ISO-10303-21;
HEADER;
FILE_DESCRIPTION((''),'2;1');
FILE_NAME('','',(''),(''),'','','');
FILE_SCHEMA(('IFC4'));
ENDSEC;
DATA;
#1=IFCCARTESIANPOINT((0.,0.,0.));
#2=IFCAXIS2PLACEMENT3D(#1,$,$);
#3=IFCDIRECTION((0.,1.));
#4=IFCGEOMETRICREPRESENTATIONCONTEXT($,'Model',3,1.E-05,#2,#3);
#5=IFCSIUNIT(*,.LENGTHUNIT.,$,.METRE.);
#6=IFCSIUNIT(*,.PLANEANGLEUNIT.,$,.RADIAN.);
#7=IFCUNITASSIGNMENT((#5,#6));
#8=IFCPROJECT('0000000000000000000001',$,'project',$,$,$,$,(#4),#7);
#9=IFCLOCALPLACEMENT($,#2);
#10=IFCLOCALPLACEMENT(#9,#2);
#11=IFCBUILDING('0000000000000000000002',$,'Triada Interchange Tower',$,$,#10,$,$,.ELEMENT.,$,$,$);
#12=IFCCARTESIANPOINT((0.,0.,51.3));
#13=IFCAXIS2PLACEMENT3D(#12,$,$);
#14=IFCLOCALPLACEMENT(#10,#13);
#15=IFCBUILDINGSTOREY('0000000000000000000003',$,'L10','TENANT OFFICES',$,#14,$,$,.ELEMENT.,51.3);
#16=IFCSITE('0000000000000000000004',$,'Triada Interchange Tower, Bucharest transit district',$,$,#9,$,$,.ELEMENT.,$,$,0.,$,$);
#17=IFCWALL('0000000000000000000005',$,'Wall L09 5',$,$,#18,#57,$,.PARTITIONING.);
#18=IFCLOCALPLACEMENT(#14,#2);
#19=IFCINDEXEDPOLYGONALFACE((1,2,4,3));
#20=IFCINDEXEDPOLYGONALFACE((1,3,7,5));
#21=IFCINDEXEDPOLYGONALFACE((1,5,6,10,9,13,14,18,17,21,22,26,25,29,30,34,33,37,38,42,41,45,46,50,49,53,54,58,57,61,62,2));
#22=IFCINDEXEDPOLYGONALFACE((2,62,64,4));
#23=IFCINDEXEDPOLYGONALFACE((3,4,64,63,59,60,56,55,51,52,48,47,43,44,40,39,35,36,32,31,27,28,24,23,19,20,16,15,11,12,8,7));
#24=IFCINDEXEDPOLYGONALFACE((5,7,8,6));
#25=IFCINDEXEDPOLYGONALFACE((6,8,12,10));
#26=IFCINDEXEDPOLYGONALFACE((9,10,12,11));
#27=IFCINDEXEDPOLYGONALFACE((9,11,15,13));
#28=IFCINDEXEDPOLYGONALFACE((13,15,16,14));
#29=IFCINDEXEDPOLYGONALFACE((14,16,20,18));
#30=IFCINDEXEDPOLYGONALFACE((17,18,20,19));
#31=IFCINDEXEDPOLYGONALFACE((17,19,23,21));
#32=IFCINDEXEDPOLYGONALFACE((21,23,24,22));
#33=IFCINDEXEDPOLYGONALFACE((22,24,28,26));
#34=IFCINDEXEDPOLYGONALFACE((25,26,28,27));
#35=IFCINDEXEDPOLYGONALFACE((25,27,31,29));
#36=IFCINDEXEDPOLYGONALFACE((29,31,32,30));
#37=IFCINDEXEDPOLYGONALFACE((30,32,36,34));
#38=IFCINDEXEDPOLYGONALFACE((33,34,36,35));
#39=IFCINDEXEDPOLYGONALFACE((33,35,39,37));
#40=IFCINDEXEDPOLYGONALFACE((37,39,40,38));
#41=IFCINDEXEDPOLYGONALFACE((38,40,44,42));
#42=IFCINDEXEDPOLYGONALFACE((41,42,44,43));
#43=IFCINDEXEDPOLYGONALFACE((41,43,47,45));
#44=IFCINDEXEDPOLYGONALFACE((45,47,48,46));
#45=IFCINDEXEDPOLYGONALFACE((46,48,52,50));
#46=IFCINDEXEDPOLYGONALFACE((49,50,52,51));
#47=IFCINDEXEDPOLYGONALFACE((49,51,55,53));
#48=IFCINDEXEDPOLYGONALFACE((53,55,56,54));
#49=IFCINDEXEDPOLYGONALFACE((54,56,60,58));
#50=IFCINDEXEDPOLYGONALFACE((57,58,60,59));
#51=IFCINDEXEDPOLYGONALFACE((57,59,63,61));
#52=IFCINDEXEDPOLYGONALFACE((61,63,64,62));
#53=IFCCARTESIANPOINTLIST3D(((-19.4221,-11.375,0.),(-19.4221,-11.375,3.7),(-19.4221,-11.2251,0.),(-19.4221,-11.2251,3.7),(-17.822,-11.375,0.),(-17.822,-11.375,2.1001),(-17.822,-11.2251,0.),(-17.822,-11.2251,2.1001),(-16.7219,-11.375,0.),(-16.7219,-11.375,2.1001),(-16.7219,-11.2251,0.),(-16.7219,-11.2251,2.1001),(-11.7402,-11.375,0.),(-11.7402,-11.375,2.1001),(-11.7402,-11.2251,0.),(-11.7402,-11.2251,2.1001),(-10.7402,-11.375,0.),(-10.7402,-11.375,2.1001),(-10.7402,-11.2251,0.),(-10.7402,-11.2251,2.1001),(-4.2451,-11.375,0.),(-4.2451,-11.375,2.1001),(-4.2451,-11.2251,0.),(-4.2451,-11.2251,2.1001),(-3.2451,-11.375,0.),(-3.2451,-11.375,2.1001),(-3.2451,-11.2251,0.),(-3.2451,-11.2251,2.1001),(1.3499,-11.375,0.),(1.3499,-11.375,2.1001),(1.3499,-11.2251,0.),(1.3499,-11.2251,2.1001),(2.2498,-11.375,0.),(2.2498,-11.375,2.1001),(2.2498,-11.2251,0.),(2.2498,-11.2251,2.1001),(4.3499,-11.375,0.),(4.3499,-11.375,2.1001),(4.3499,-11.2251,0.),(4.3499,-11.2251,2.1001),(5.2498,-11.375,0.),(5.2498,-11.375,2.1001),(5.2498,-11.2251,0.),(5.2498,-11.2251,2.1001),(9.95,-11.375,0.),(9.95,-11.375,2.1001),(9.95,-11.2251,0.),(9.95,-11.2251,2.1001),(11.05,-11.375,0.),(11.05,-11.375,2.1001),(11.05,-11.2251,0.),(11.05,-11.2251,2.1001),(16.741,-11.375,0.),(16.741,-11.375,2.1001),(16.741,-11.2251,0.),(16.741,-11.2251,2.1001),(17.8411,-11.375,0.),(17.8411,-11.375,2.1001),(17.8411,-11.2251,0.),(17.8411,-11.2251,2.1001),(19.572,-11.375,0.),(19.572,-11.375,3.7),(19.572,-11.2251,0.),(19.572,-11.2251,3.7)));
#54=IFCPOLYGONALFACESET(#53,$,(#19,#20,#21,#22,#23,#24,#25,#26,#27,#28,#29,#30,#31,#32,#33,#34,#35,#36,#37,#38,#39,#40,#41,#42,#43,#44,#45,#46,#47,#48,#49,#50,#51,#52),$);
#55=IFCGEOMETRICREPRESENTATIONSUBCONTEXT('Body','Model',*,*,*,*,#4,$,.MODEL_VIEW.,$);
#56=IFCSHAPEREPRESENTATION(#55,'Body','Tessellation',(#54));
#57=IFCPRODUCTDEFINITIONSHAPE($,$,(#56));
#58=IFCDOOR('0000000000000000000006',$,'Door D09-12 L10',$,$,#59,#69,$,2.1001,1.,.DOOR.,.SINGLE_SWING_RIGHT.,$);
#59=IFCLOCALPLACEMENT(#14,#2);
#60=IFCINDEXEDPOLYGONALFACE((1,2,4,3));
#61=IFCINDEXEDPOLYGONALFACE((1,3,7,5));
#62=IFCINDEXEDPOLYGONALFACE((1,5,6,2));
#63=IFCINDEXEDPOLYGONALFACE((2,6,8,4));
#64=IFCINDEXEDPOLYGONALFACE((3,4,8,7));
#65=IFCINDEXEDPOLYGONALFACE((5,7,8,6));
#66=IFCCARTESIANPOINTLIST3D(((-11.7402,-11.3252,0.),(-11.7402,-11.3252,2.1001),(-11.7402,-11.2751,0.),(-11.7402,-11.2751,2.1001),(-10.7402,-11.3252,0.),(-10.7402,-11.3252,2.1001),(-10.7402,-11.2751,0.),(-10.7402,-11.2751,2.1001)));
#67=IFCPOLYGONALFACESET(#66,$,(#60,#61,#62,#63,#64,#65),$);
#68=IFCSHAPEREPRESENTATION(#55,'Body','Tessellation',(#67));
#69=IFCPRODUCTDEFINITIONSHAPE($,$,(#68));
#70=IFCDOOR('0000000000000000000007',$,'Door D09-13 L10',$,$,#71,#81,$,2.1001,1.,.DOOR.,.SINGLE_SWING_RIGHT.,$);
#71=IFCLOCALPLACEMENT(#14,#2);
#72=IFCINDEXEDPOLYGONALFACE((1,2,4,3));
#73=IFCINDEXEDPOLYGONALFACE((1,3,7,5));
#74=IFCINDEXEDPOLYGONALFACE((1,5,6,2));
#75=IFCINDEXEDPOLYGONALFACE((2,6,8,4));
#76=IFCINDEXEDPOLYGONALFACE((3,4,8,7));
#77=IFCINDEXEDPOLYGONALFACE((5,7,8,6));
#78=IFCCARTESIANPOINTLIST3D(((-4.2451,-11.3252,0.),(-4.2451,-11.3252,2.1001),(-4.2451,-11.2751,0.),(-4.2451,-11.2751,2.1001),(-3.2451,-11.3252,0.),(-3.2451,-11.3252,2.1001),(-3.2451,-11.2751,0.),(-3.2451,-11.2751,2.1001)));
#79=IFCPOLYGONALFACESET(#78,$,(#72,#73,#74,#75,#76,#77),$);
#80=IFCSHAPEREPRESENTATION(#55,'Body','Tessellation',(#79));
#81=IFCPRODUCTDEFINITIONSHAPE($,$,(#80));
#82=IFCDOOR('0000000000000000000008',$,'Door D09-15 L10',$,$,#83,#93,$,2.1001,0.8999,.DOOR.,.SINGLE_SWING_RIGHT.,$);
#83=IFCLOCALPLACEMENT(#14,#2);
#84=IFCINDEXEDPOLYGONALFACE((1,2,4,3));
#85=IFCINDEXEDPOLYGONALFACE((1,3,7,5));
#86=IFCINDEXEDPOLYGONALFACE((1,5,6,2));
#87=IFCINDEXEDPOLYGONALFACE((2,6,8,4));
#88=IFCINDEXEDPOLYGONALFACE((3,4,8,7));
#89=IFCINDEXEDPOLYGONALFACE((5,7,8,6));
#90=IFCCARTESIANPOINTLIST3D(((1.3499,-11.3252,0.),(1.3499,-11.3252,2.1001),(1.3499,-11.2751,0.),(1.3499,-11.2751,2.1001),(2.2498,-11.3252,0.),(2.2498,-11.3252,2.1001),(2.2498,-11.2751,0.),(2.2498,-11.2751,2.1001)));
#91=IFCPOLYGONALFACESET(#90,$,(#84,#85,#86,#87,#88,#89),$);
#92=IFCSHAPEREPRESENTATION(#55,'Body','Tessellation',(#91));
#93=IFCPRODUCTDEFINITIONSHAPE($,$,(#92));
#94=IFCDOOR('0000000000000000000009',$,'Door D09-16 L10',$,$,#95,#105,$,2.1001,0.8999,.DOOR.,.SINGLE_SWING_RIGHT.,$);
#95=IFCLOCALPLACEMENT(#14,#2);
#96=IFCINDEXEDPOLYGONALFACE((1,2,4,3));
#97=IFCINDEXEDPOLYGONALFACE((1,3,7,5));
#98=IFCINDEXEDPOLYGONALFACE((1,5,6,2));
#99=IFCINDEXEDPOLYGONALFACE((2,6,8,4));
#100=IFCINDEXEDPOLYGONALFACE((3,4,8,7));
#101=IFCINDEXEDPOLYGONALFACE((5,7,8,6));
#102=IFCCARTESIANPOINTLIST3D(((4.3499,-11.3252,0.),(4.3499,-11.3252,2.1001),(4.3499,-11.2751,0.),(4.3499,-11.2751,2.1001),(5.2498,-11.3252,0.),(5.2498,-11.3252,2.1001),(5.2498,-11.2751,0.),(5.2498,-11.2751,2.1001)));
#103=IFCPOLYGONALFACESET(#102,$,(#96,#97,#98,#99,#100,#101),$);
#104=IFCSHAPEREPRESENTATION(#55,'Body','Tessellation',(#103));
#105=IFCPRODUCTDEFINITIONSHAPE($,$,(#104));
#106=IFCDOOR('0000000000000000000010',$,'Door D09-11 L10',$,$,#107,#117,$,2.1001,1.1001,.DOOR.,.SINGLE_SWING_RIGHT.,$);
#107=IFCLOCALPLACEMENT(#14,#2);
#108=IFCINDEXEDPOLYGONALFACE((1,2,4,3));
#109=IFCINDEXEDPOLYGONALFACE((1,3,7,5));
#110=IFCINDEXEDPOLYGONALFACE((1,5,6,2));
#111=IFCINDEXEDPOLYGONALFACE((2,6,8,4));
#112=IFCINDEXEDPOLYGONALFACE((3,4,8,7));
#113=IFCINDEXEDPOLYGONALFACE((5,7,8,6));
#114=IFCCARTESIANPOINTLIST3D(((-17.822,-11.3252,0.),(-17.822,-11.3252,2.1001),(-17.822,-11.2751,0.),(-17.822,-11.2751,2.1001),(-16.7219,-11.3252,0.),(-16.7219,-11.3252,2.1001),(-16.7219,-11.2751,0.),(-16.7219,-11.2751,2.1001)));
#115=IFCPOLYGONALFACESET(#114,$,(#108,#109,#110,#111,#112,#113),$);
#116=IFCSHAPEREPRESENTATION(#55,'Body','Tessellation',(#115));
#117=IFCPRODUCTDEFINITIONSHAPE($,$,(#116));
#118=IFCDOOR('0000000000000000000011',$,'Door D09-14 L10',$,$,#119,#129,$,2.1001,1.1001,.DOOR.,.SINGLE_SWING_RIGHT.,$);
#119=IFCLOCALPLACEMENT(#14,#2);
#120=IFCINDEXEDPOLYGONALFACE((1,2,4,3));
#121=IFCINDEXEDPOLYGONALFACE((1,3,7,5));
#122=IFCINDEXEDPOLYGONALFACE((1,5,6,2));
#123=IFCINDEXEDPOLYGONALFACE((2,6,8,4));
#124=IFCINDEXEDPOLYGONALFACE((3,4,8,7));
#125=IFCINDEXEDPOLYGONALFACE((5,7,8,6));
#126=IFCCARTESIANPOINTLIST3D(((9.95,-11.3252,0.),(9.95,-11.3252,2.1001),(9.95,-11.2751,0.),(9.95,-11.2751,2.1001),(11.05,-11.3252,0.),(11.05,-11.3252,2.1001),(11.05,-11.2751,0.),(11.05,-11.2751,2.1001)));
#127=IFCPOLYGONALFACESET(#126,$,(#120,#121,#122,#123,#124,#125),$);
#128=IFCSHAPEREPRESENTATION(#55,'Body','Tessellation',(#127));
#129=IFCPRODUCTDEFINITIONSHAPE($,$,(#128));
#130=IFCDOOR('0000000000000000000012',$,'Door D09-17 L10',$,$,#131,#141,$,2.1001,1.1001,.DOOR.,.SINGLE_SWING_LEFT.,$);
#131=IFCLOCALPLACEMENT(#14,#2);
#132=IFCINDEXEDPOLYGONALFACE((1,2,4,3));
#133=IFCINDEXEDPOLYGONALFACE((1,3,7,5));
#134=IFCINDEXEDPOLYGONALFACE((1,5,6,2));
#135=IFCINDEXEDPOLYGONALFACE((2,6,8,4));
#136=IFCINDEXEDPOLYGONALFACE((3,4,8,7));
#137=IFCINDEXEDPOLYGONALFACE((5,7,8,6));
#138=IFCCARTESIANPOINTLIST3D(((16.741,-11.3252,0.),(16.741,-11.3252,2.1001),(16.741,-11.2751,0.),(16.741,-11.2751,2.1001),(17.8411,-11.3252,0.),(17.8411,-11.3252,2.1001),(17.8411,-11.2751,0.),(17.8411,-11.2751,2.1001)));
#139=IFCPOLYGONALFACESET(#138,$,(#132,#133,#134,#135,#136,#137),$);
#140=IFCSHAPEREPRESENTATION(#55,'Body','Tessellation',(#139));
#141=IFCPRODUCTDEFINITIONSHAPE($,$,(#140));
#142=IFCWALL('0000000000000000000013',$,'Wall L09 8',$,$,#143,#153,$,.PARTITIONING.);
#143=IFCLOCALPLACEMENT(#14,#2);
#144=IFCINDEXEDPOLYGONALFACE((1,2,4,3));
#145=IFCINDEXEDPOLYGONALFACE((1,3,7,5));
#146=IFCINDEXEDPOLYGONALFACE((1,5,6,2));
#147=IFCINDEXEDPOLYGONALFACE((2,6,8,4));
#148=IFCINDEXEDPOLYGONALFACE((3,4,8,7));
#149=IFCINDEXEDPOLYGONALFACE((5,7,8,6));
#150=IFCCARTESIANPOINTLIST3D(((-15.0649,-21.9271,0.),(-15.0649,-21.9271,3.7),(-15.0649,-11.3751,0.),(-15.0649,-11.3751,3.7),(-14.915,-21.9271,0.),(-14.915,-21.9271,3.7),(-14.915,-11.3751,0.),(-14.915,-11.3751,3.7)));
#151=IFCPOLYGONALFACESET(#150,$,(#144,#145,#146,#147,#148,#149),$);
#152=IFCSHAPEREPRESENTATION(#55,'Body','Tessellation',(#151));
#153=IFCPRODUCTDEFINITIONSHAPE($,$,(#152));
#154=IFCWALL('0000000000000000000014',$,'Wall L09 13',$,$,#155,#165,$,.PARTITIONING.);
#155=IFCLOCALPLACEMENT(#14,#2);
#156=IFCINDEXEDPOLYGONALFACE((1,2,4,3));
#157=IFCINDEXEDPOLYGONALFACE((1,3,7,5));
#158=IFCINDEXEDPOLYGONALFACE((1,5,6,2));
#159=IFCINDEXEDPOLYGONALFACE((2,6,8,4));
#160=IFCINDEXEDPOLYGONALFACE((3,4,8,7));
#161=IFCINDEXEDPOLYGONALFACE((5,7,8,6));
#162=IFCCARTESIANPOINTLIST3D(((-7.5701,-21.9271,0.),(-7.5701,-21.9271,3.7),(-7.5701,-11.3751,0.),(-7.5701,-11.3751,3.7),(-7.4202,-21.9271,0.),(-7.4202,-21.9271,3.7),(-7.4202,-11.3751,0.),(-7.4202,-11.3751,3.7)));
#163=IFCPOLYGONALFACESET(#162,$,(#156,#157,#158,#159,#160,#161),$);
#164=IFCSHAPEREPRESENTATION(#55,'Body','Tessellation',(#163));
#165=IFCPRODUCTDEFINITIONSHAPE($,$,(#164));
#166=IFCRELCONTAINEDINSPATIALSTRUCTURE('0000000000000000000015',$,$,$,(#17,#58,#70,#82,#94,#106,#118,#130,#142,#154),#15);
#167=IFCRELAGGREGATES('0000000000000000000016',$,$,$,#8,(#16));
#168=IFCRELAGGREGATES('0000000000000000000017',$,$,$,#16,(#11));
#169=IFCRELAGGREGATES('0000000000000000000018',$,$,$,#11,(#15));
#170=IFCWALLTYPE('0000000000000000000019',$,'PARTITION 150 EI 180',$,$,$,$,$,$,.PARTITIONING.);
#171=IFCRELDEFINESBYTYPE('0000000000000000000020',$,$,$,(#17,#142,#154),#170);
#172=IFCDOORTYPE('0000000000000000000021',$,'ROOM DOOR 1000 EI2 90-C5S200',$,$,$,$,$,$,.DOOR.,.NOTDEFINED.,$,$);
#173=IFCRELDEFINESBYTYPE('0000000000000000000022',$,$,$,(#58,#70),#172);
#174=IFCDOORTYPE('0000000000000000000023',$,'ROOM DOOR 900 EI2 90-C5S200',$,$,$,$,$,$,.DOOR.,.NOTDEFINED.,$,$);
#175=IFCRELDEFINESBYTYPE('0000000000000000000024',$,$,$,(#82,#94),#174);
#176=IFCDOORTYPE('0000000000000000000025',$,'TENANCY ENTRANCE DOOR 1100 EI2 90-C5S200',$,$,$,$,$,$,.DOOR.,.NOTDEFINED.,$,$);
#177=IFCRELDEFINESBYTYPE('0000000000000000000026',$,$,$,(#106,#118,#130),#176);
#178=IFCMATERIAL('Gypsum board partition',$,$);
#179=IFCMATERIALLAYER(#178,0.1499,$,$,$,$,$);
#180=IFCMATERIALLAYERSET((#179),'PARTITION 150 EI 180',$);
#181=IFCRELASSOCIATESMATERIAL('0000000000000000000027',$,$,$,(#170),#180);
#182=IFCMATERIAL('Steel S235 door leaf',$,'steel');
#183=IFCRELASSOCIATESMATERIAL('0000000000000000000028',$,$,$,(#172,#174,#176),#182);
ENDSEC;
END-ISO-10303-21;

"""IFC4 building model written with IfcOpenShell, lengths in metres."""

from ifc_helpers import new_model, si_unit, direction, frame, frame_2d, origin, place, context, subcontext, project, spatial, rectangle, extrude, material, layer, layer_set, type_object, element, fill, save


model = new_model("IFC4")

# Units and contexts
model_context = context("Model", 3, precision=1e-05, world=origin(), true_north=direction((0.0, 1.0)))
body_context = subcontext(model_context, "Body", "Model", "MODEL_VIEW")
ifc_project = project(units=[si_unit("LENGTHUNIT", "METRE"), si_unit("PLANEANGLEUNIT", "RADIAN")], contexts=[model_context])

# Site, building, storey
site_placement = place(None, origin())
site = spatial("IfcSite", under=ifc_project, at=site_placement, Name="Triada Interchange Tower, Bucharest transit district", CompositionType="ELEMENT", RefElevation=0.0)
building_placement = place(site_placement, origin())
building = spatial("IfcBuilding", under=site, at=building_placement, Name="Triada Interchange Tower", CompositionType="ELEMENT")
storey_placement = place(building_placement, frame((0.0, 0.0, 51.3)))
storey = spatial("IfcBuildingStorey", under=building, at=storey_placement, Name="L10", Description="TENANT OFFICES", CompositionType="ELEMENT", Elevation=51.3)

# Wall, openings, doors
ifc_material_1 = material(Name="Steel S235 door leaf", Category="steel")
ifc_material_2 = material(Name="Gypsum board partition")
ifc_layer_1 = layer(ifc_material_2, 0.1499)
ifc_layer_set_1 = layer_set([ifc_layer_1], Name="PARTITION 150 EI 180")
wall_type_1 = type_object("IfcWallType", Name="PARTITION 150 EI 180", PredefinedType="PARTITIONING", material=ifc_layer_set_1)
wall_1_placement = place(storey_placement, frame((-19.4221, -11.3, 0.0), z_axis=(0.0, 0.0, 1.0), x_axis=(1.0, 0.0, 0.0)))
wall_1 = element("IfcWall", 1, at=wall_1_placement, inside=storey, type_object=wall_type_1, Name="Wall L09 5", PredefinedType="PARTITIONING", context=body_context, shape_type="SweptSolid", body=[
    extrude(rectangle(XDim=38.9941, YDim=0.1499, at=frame_2d((19.4971, 0.0))), origin(), (0.0, 0.0, 1.0), 3.7),
])
opening_1_placement = place(wall_1_placement, frame((1.6001, 0.0, 0.0)))
opening_1 = element("IfcOpeningElement", 2, at=opening_1_placement, cuts=wall_1, PredefinedType="OPENING", context=body_context, shape_type="SweptSolid", body=[
    extrude(rectangle(XDim=1.1001, YDim=2.1001, at=frame_2d((0.55, 1.05))), frame((0.0, 0.085, 0.0), z_axis=(0.0, -1.0, 0.0), x_axis=(1.0, 0.0, 0.0)), (0.0, 0.0, 1.0), 0.1699),
])
opening_2_placement = place(wall_1_placement, frame((7.6819, 0.0, 0.0)))
opening_2 = element("IfcOpeningElement", 3, at=opening_2_placement, cuts=wall_1, PredefinedType="OPENING", context=body_context, shape_type="SweptSolid", body=[
    extrude(rectangle(XDim=1.0, YDim=2.1001, at=frame_2d((0.5, 1.05))), frame((0.0, 0.085, 0.0), z_axis=(0.0, -1.0, 0.0), x_axis=(1.0, 0.0, 0.0)), (0.0, 0.0, 1.0), 0.1699),
])
opening_3_placement = place(wall_1_placement, frame((15.177, 0.0, 0.0)))
opening_3 = element("IfcOpeningElement", 4, at=opening_3_placement, cuts=wall_1, PredefinedType="OPENING", context=body_context, shape_type="SweptSolid", body=[
    extrude(rectangle(XDim=1.0, YDim=2.1001, at=frame_2d((0.5, 1.05))), frame((0.0, 0.085, 0.0), z_axis=(0.0, -1.0, 0.0), x_axis=(1.0, 0.0, 0.0)), (0.0, 0.0, 1.0), 0.1699),
])
opening_4_placement = place(wall_1_placement, frame((29.3721, 0.0, 0.0)))
opening_4 = element("IfcOpeningElement", 5, at=opening_4_placement, cuts=wall_1, PredefinedType="OPENING", context=body_context, shape_type="SweptSolid", body=[
    extrude(rectangle(XDim=1.1001, YDim=2.1001, at=frame_2d((0.55, 1.05))), frame((0.0, 0.085, 0.0), z_axis=(0.0, -1.0, 0.0), x_axis=(1.0, 0.0, 0.0)), (0.0, 0.0, 1.0), 0.1699),
])
opening_5_placement = place(wall_1_placement, frame((20.772, 0.0, 0.0)))
opening_5 = element("IfcOpeningElement", 6, at=opening_5_placement, cuts=wall_1, PredefinedType="OPENING", context=body_context, shape_type="SweptSolid", body=[
    extrude(rectangle(XDim=0.8999, YDim=2.1001, at=frame_2d((0.45, 1.05))), frame((0.0, 0.085, 0.0), z_axis=(0.0, -1.0, 0.0), x_axis=(1.0, 0.0, 0.0)), (0.0, 0.0, 1.0), 0.1699),
])
opening_6_placement = place(wall_1_placement, frame((23.772, 0.0, 0.0)))
opening_6 = element("IfcOpeningElement", 7, at=opening_6_placement, cuts=wall_1, PredefinedType="OPENING", context=body_context, shape_type="SweptSolid", body=[
    extrude(rectangle(XDim=0.8999, YDim=2.1001, at=frame_2d((0.45, 1.05))), frame((0.0, 0.085, 0.0), z_axis=(0.0, -1.0, 0.0), x_axis=(1.0, 0.0, 0.0)), (0.0, 0.0, 1.0), 0.1699),
])
opening_7_placement = place(wall_1_placement, frame((36.1631, 0.0, 0.0)))
opening_7 = element("IfcOpeningElement", 8, at=opening_7_placement, cuts=wall_1, PredefinedType="OPENING", context=body_context, shape_type="SweptSolid", body=[
    extrude(rectangle(XDim=1.1001, YDim=2.1001, at=frame_2d((0.55, 1.05))), frame((0.0, 0.085, 0.0), z_axis=(0.0, -1.0, 0.0), x_axis=(1.0, 0.0, 0.0)), (0.0, 0.0, 1.0), 0.1699),
])
door_type_1 = type_object("IfcDoorType", Name="ROOM DOOR 1000 EI2 90-C5S200", OperationType="NOTDEFINED", PredefinedType="DOOR", material=ifc_material_1)
door_1_placement = place(opening_2_placement, origin())
door_1 = element("IfcDoor", 9, at=door_1_placement, inside=storey, type_object=door_type_1, Name="Door D09-12 L10", OperationType="SINGLE_SWING_RIGHT", OverallHeight=2.1001, OverallWidth=1.0, PredefinedType="DOOR", context=body_context, shape_type="SweptSolid", body=[
    extrude(rectangle(XDim=1.0, YDim=2.1001, at=frame_2d((0.5, 1.05))), frame((0.0, 0.0249, 0.0), z_axis=(0.0, -1.0, 0.0), x_axis=(1.0, 0.0, 0.0)), (0.0, 0.0, 1.0), 0.05),
])
fill(opening_2, door_1)
door_2_placement = place(opening_3_placement, origin())
door_2 = element("IfcDoor", 10, at=door_2_placement, inside=storey, type_object=door_type_1, Name="Door D09-13 L10", OperationType="SINGLE_SWING_RIGHT", OverallHeight=2.1001, OverallWidth=1.0, PredefinedType="DOOR", context=body_context, shape_type="SweptSolid", body=[
    extrude(rectangle(XDim=1.0, YDim=2.1001, at=frame_2d((0.5, 1.05))), frame((0.0, 0.0249, 0.0), z_axis=(0.0, -1.0, 0.0), x_axis=(1.0, 0.0, 0.0)), (0.0, 0.0, 1.0), 0.05),
])
fill(opening_3, door_2)
door_type_2 = type_object("IfcDoorType", Name="ROOM DOOR 900 EI2 90-C5S200", OperationType="NOTDEFINED", PredefinedType="DOOR", material=ifc_material_1)
door_3_placement = place(opening_5_placement, origin())
door_3 = element("IfcDoor", 11, at=door_3_placement, inside=storey, type_object=door_type_2, Name="Door D09-15 L10", OperationType="SINGLE_SWING_RIGHT", OverallHeight=2.1001, OverallWidth=0.8999, PredefinedType="DOOR", context=body_context, shape_type="SweptSolid", body=[
    extrude(rectangle(XDim=0.8999, YDim=2.1001, at=frame_2d((0.45, 1.05))), frame((0.0, 0.0249, 0.0), z_axis=(0.0, -1.0, 0.0), x_axis=(1.0, 0.0, 0.0)), (0.0, 0.0, 1.0), 0.05),
])
fill(opening_5, door_3)
door_4_placement = place(opening_6_placement, origin())
door_4 = element("IfcDoor", 12, at=door_4_placement, inside=storey, type_object=door_type_2, Name="Door D09-16 L10", OperationType="SINGLE_SWING_RIGHT", OverallHeight=2.1001, OverallWidth=0.8999, PredefinedType="DOOR", context=body_context, shape_type="SweptSolid", body=[
    extrude(rectangle(XDim=0.8999, YDim=2.1001, at=frame_2d((0.45, 1.05))), frame((0.0, 0.0249, 0.0), z_axis=(0.0, -1.0, 0.0), x_axis=(1.0, 0.0, 0.0)), (0.0, 0.0, 1.0), 0.05),
])
fill(opening_6, door_4)
door_type_3 = type_object("IfcDoorType", Name="TENANCY ENTRANCE DOOR 1100 EI2 90-C5S200", OperationType="NOTDEFINED", PredefinedType="DOOR", material=ifc_material_1)
door_5_placement = place(opening_1_placement, origin())
door_5 = element("IfcDoor", 13, at=door_5_placement, inside=storey, type_object=door_type_3, Name="Door D09-11 L10", OperationType="SINGLE_SWING_RIGHT", OverallHeight=2.1001, OverallWidth=1.1001, PredefinedType="DOOR", context=body_context, shape_type="SweptSolid", body=[
    extrude(rectangle(XDim=1.1001, YDim=2.1001, at=frame_2d((0.55, 1.05))), frame((0.0, 0.0249, 0.0), z_axis=(0.0, -1.0, 0.0), x_axis=(1.0, 0.0, 0.0)), (0.0, 0.0, 1.0), 0.05),
])
fill(opening_1, door_5)
door_6_placement = place(opening_4_placement, origin())
door_6 = element("IfcDoor", 14, at=door_6_placement, inside=storey, type_object=door_type_3, Name="Door D09-14 L10", OperationType="SINGLE_SWING_RIGHT", OverallHeight=2.1001, OverallWidth=1.1001, PredefinedType="DOOR", context=body_context, shape_type="SweptSolid", body=[
    extrude(rectangle(XDim=1.1001, YDim=2.1001, at=frame_2d((0.55, 1.05))), frame((0.0, 0.0249, 0.0), z_axis=(0.0, -1.0, 0.0), x_axis=(1.0, 0.0, 0.0)), (0.0, 0.0, 1.0), 0.05),
])
fill(opening_4, door_6)
door_7_placement = place(opening_7_placement, origin())
door_7 = element("IfcDoor", 15, at=door_7_placement, inside=storey, type_object=door_type_3, Name="Door D09-17 L10", OperationType="SINGLE_SWING_LEFT", OverallHeight=2.1001, OverallWidth=1.1001, PredefinedType="DOOR", context=body_context, shape_type="SweptSolid", body=[
    extrude(rectangle(XDim=1.1001, YDim=2.1001, at=frame_2d((0.55, 1.05))), frame((0.0, 0.0249, 0.0), z_axis=(0.0, -1.0, 0.0), x_axis=(1.0, 0.0, 0.0)), (0.0, 0.0, 1.0), 0.05),
])
fill(opening_7, door_7)

# Walls
for number, where, z_axis, x_axis, name in (
    (16, (-14.99, -21.927, 0.0), (0.0, 0.0, 1.0), (0.0, 1.0, 0.0), "Wall L09 8"),
    (17, (-7.4951, -21.927, 0.0), (0.0, 0.0, 1.0), (0.0, 1.0, 0.0), "Wall L09 13"),
):
    element("IfcWall", number, at=place(storey_placement, frame(where, z_axis=z_axis, x_axis=x_axis)), inside=storey, type_object=wall_type_1, Name=name, PredefinedType="PARTITIONING", context=body_context, shape_type="SweptSolid", body=[
        extrude(rectangle(XDim=10.552, YDim=0.1499, at=frame_2d((5.2759, 0.0))), origin(), (0.0, 0.0, 1.0), 3.7),
    ])

save(model, "model.ifc")
